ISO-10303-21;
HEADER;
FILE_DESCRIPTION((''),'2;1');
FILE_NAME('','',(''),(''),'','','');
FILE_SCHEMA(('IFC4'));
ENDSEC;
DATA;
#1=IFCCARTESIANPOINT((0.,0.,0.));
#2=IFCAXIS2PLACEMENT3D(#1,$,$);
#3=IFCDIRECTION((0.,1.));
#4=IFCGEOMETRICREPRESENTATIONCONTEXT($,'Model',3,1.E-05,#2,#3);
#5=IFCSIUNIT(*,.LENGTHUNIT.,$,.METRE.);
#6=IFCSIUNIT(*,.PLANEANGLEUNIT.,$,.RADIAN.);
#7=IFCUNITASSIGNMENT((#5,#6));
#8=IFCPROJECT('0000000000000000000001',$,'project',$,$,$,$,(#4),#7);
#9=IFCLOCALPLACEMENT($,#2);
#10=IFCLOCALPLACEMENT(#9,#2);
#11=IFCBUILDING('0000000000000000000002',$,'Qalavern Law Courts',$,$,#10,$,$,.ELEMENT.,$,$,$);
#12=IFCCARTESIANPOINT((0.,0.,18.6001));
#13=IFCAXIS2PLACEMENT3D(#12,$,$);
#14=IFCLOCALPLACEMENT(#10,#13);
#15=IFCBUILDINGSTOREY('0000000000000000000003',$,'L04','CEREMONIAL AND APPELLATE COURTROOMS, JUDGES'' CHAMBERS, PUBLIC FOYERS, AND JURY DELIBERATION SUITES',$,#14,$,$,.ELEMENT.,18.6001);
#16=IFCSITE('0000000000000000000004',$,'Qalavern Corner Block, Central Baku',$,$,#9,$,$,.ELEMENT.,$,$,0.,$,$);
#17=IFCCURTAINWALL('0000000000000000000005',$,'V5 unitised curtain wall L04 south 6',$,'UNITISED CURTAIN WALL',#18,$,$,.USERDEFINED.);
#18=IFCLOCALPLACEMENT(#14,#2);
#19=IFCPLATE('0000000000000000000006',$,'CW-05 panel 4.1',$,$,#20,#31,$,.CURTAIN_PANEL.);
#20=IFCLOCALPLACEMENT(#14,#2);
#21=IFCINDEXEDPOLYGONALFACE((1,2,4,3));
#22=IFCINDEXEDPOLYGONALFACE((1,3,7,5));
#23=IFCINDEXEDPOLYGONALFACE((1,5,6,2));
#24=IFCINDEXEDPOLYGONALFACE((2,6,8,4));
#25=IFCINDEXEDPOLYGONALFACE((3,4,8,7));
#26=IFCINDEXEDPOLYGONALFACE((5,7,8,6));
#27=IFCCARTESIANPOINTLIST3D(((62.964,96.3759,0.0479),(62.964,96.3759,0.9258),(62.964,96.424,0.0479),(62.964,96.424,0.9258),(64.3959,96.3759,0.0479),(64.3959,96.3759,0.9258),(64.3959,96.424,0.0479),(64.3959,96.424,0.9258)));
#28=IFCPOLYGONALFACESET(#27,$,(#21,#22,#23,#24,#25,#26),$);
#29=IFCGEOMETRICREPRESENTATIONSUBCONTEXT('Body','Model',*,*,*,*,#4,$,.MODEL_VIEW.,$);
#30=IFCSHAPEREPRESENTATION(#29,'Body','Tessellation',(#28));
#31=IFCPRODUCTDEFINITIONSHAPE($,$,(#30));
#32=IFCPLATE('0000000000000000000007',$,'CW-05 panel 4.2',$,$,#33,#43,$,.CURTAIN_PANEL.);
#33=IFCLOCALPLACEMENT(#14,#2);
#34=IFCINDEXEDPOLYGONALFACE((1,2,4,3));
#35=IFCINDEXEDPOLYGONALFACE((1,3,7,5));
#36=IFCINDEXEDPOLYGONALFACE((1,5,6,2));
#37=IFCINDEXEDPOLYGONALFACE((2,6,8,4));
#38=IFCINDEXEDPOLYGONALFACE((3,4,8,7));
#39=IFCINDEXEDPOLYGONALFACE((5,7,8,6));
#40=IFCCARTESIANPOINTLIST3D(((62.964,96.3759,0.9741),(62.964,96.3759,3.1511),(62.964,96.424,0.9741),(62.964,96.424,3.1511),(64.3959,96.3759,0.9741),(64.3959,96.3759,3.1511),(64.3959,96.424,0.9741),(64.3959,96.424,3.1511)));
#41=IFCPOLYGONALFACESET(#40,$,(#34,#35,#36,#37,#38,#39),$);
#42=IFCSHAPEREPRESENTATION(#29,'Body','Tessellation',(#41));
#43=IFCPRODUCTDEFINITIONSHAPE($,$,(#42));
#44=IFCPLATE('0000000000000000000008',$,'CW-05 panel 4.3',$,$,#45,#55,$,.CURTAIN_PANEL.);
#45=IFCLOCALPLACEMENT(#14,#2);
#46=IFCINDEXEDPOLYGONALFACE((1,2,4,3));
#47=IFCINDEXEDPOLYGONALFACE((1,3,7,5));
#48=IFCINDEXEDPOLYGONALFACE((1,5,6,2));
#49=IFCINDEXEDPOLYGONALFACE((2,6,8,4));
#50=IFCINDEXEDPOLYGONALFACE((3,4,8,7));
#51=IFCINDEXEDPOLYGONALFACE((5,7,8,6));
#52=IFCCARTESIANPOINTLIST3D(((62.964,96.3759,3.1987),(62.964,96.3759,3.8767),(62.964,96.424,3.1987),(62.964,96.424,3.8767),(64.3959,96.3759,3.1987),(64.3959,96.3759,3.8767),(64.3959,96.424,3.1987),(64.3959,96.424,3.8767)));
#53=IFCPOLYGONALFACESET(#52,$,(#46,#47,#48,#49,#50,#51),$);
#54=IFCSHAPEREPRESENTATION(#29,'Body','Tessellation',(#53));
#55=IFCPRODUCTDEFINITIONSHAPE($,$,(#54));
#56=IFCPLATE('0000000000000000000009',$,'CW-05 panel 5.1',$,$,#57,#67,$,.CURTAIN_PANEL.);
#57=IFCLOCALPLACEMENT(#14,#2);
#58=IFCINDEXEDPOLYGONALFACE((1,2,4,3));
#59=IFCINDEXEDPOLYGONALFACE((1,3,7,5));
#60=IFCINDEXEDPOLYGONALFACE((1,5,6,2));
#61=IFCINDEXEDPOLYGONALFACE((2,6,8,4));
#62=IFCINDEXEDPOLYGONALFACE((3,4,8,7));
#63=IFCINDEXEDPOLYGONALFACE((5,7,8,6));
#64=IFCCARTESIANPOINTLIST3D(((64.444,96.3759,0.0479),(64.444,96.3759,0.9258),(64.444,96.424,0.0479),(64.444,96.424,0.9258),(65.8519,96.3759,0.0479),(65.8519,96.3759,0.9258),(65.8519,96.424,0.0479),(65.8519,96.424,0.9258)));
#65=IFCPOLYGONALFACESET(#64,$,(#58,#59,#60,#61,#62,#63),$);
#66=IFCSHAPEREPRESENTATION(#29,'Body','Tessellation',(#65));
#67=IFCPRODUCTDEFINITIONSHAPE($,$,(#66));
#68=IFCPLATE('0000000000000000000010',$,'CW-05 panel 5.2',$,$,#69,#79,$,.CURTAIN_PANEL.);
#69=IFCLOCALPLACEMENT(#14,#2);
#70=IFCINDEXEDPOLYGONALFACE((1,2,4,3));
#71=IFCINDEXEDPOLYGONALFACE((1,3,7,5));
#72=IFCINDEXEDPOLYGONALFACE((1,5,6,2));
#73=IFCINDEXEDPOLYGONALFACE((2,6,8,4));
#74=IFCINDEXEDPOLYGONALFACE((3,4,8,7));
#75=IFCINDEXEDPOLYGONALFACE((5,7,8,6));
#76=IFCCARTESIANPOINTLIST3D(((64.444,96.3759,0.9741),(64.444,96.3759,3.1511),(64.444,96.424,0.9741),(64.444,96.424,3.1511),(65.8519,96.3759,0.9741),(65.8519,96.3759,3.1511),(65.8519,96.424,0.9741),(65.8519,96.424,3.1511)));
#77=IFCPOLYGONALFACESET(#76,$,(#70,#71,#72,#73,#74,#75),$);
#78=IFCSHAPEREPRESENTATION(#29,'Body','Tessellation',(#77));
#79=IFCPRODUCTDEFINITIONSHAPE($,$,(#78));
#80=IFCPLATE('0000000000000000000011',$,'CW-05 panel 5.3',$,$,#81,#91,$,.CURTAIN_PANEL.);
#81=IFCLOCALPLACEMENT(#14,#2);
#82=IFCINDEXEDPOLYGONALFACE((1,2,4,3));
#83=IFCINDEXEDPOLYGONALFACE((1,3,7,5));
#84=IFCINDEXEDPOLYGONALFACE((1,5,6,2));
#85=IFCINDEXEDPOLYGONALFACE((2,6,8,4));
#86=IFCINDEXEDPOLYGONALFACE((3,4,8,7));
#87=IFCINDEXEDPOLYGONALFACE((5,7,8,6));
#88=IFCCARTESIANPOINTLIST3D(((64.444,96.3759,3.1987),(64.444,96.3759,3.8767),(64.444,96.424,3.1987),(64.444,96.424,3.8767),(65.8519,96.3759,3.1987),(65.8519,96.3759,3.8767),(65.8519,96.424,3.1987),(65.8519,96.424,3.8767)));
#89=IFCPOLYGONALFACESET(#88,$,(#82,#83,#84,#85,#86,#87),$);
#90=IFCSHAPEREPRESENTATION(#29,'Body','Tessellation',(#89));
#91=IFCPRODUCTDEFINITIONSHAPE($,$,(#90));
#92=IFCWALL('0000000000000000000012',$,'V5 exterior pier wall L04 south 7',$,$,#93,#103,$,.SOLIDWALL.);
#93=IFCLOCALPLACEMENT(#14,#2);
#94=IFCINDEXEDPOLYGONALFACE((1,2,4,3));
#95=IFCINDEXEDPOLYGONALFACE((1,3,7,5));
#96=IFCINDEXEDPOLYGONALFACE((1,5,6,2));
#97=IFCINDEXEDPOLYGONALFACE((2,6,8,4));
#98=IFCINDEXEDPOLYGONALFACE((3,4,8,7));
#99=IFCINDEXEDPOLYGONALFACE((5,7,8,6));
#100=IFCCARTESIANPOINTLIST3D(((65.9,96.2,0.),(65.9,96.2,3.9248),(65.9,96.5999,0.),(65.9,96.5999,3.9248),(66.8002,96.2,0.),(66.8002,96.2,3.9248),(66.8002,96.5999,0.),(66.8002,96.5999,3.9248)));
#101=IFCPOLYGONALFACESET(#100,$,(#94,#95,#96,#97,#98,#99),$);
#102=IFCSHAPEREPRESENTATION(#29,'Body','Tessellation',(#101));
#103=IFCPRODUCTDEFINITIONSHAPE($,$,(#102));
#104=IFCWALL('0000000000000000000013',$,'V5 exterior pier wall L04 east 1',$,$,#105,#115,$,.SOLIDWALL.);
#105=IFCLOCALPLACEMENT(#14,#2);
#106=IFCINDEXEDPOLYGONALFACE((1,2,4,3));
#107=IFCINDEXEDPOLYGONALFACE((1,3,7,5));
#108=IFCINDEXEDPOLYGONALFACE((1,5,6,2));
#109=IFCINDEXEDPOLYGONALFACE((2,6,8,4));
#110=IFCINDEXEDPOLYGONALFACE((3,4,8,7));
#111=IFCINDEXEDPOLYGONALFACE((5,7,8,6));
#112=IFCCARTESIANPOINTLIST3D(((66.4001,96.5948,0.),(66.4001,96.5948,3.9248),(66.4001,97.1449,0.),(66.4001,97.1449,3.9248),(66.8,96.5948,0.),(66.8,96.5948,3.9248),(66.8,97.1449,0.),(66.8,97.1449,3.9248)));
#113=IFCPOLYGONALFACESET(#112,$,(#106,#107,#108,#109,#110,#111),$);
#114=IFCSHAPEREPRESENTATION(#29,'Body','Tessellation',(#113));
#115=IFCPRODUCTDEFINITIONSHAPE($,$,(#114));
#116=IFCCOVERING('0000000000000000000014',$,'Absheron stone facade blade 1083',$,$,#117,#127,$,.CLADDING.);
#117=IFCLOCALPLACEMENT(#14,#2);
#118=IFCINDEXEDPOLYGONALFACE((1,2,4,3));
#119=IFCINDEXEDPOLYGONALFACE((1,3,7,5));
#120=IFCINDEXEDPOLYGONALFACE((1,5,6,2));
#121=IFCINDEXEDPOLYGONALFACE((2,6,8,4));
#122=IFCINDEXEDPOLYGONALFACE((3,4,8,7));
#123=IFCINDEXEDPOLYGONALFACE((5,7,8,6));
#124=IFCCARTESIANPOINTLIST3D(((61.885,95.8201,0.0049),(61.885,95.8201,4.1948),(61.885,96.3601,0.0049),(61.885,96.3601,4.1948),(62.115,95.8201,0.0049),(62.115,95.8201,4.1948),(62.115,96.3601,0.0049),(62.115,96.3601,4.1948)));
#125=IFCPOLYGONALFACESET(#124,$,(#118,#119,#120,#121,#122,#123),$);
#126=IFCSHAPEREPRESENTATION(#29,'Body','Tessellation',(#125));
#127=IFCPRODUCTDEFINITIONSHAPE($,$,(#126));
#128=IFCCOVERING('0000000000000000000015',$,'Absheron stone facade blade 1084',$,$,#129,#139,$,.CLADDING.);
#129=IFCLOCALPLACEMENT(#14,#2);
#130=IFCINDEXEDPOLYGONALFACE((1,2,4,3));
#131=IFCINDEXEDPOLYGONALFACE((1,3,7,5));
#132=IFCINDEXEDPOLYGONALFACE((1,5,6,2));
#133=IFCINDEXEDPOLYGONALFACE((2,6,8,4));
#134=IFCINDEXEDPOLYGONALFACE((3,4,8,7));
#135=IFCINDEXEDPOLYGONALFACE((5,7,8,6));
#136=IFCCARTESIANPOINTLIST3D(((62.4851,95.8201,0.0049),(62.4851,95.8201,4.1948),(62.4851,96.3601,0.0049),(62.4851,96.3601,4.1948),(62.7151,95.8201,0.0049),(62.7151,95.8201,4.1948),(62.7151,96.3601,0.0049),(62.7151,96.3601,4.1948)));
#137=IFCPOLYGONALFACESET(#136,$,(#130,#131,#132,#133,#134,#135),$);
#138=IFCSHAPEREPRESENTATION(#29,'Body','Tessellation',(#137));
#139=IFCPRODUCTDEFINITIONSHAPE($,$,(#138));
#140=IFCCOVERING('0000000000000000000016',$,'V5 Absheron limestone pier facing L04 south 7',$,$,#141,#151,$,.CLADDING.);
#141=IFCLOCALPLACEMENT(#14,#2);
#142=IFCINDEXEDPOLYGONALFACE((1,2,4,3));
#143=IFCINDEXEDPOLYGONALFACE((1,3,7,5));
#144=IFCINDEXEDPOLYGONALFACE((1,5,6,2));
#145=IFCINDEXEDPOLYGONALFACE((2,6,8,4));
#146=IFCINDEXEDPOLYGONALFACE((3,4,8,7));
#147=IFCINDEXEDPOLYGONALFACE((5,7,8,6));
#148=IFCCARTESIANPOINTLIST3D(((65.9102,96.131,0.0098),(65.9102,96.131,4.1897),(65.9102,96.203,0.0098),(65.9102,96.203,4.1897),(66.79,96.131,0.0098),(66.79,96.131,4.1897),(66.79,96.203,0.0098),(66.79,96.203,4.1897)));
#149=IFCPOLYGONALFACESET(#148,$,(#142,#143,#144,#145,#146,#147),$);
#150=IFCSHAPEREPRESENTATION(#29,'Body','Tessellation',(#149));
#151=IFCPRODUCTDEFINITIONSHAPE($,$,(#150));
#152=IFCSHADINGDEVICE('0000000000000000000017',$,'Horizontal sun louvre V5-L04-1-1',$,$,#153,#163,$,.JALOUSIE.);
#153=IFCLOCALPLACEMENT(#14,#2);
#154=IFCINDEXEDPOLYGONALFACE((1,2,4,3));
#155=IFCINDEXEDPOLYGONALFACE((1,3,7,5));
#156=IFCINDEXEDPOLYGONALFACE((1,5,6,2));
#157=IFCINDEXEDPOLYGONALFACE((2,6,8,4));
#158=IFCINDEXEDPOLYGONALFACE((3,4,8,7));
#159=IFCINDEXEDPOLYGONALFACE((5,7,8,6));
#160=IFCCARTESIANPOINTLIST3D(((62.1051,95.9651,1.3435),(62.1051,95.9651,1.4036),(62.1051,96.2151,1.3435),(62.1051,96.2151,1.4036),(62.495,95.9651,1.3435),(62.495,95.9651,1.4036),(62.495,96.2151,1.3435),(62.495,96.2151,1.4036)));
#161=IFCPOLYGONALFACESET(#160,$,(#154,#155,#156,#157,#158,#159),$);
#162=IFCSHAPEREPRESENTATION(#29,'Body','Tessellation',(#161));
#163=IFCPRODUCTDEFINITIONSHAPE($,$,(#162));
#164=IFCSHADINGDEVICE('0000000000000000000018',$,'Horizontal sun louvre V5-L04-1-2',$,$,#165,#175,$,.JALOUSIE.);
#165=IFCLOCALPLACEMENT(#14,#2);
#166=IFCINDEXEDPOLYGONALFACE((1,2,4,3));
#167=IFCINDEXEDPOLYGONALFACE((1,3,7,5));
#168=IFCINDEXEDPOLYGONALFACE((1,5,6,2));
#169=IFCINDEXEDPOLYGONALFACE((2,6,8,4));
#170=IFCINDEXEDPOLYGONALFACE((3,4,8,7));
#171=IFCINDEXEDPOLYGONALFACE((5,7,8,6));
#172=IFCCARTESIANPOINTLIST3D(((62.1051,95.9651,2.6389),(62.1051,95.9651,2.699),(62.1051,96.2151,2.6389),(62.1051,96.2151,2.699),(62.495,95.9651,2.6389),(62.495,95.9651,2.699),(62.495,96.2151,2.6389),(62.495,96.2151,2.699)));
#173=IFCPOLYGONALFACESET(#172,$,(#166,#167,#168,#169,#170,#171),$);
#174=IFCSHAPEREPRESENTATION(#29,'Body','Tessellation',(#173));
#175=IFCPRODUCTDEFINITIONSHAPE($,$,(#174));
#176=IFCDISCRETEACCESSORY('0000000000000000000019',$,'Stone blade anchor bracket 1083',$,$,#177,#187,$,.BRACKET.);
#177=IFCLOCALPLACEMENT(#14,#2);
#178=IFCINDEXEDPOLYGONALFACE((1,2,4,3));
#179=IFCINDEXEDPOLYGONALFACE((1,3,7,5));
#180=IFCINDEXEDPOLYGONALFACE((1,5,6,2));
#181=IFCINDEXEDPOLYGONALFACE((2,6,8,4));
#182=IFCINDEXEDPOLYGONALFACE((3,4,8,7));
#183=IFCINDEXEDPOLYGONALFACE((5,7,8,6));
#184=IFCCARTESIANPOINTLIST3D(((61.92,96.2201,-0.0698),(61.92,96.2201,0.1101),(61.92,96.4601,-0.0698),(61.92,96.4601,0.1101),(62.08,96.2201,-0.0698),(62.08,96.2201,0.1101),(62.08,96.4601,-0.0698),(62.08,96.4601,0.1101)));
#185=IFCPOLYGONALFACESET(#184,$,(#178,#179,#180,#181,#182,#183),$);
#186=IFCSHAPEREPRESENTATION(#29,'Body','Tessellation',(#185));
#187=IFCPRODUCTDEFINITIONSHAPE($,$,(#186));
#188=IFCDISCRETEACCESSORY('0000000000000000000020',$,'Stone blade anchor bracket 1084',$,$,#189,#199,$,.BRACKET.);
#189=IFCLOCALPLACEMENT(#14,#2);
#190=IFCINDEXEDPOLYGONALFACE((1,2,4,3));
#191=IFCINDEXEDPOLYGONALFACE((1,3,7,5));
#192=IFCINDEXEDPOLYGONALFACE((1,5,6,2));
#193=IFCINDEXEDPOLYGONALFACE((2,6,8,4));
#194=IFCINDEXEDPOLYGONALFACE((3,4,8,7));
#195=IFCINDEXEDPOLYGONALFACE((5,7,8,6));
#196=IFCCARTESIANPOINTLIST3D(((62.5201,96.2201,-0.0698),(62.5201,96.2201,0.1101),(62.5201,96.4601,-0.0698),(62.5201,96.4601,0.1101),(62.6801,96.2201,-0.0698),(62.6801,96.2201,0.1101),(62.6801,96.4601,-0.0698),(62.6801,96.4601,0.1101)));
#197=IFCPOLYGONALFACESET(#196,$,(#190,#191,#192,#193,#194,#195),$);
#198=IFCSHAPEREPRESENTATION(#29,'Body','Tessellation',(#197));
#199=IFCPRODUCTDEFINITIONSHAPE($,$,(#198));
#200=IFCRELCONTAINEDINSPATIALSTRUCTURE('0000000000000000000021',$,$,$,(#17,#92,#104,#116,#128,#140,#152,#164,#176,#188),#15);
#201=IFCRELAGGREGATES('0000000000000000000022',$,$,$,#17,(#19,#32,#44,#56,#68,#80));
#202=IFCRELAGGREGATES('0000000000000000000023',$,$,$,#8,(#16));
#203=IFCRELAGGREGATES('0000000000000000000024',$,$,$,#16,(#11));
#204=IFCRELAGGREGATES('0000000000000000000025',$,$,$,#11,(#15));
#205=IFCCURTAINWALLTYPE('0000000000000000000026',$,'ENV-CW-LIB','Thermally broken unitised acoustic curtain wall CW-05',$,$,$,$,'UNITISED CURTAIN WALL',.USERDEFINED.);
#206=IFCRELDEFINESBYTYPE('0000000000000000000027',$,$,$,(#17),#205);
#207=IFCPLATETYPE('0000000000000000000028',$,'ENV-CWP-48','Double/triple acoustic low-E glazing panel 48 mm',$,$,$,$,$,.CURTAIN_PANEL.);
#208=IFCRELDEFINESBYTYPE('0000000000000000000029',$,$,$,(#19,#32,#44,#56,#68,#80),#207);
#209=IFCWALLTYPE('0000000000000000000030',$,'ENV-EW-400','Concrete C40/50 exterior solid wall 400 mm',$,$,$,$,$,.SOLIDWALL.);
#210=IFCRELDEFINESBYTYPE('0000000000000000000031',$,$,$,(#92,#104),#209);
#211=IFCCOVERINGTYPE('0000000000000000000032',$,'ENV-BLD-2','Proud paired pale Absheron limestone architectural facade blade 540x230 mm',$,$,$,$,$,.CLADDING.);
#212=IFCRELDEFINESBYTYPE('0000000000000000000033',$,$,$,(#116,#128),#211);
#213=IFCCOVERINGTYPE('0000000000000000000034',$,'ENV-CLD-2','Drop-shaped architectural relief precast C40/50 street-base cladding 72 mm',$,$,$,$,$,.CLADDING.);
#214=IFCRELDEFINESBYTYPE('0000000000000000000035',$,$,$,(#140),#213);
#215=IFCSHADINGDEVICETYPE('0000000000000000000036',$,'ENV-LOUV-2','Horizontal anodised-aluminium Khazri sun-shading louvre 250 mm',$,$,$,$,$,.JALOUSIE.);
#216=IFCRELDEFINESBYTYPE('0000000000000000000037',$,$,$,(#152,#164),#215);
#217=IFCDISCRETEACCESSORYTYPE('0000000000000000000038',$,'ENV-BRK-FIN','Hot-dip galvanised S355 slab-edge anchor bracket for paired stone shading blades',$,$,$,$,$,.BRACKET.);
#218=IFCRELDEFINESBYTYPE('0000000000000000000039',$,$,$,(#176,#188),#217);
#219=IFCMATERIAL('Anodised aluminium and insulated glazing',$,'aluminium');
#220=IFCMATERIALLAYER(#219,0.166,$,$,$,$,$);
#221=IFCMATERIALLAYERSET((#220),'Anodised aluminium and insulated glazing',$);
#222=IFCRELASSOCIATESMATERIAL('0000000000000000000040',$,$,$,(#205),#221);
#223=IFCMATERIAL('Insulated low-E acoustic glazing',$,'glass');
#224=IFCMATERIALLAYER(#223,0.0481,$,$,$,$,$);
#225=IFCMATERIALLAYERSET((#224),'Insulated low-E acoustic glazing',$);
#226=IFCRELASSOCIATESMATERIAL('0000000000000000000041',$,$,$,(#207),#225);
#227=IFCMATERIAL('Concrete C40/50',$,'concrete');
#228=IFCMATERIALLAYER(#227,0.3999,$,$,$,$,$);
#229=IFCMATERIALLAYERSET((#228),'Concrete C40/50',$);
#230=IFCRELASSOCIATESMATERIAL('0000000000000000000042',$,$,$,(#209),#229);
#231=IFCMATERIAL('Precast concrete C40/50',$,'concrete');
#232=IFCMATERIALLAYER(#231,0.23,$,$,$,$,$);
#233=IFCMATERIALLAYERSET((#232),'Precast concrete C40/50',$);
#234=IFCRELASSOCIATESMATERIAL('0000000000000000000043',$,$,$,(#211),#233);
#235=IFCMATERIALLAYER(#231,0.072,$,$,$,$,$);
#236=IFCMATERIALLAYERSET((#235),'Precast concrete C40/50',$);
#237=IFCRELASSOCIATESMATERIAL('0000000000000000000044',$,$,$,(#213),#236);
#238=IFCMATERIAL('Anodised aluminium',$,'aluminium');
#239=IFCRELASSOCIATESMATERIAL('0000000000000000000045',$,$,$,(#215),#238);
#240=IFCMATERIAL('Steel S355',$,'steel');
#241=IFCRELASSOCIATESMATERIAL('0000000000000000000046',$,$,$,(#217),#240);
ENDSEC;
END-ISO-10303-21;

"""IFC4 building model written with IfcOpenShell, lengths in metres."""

from ifc_helpers import new_model, si_unit, direction, frame, frame_2d, origin, origin_2d, place, context, subcontext, project, spatial, rectangle, extrude, material, layer, layer_set, type_object, element, aggregate, save


model = new_model("IFC4")

# Units and contexts
model_context = context("Model", 3, precision=1e-05, world=origin(), true_north=direction((0.0, 1.0)))
body_context = subcontext(model_context, "Body", "Model", "MODEL_VIEW")
ifc_project = project(units=[si_unit("LENGTHUNIT", "METRE"), si_unit("PLANEANGLEUNIT", "RADIAN")], contexts=[model_context])

# Site, building, storey
site_placement = place(None, origin())
site = spatial("IfcSite", under=ifc_project, at=site_placement, Name="Qalavern Corner Block, Central Baku", CompositionType="ELEMENT", RefElevation=0.0)
building_placement = place(site_placement, origin())
building = spatial("IfcBuilding", under=site, at=building_placement, Name="Qalavern Law Courts", CompositionType="ELEMENT")
storey_placement = place(building_placement, frame((0.0, 0.0, 18.6001)))
storey = spatial("IfcBuildingStorey", under=building, at=storey_placement, Name="L04", Description="CEREMONIAL AND APPELLATE COURTROOMS, JUDGES' CHAMBERS, PUBLIC FOYERS, AND JURY DELIBERATION SUITES", CompositionType="ELEMENT", Elevation=18.6001)

# Curtain wall
ifc_material_1 = material(Name="Anodised aluminium and insulated glazing", Category="aluminium")
ifc_layer_1 = layer(ifc_material_1, 0.166)
ifc_layer_set_1 = layer_set([ifc_layer_1], Name="Anodised aluminium and insulated glazing")
curtain_wall_type = type_object("IfcCurtainWallType", Name="ENV-CW-LIB", Description="Thermally broken unitised acoustic curtain wall CW-05", ElementType="UNITISED CURTAIN WALL", PredefinedType="USERDEFINED", material=ifc_layer_set_1)
curtain_wall_1_placement = place(storey_placement, origin())
curtain_wall_1 = element("IfcCurtainWall", 1, at=curtain_wall_1_placement, inside=storey, type_object=curtain_wall_type, Name="V5 unitised curtain wall L04 south 6", ObjectType="UNITISED CURTAIN WALL", PredefinedType="USERDEFINED")
ifc_material_2 = material(Name="Anodised aluminium", Category="aluminium")

# Shared definitions
ifc_material_3 = material(Name="Steel S355", Category="steel")

# Plates
ifc_material_4 = material(Name="Insulated low-E acoustic glazing", Category="glass")
ifc_layer_2 = layer(ifc_material_4, 0.0481)
ifc_layer_set_2 = layer_set([ifc_layer_2], Name="Insulated low-E acoustic glazing")
plate_type = type_object("IfcPlateType", Name="ENV-CWP-48", Description="Double/triple acoustic low-E glazing panel 48 mm", PredefinedType="CURTAIN_PANEL", material=ifc_layer_set_2)
plate_1_placement = place(storey_placement, frame((63.6799, 96.3999, 0.0479), z_axis=(0.0, 0.0, 1.0), x_axis=(1.0, 0.0, 0.0)))
plate_1 = element("IfcPlate", 2, at=plate_1_placement, type_object=plate_type, Name="CW-05 panel 4.1", PredefinedType="CURTAIN_PANEL", context=body_context, shape_type="SweptSolid", body=[
    extrude(rectangle(XDim=1.4319, YDim=0.0481, at=origin_2d()), origin(), (0.0, 0.0, 1.0), 0.8779),
])
plate_2_placement = place(storey_placement, frame((63.6799, 96.3999, 0.9741), z_axis=(0.0, 0.0, 1.0), x_axis=(1.0, 0.0, 0.0)))
plate_2 = element("IfcPlate", 3, at=plate_2_placement, type_object=plate_type, Name="CW-05 panel 4.2", PredefinedType="CURTAIN_PANEL", context=body_context, shape_type="SweptSolid", body=[
    extrude(rectangle(XDim=1.4319, YDim=0.0481, at=origin_2d()), origin(), (0.0, 0.0, 1.0), 2.177),
])
plate_3_placement = place(storey_placement, frame((63.6799, 96.3999, 3.1987), z_axis=(0.0, 0.0, 1.0), x_axis=(1.0, 0.0, 0.0)))
plate_3 = element("IfcPlate", 4, at=plate_3_placement, type_object=plate_type, Name="CW-05 panel 4.3", PredefinedType="CURTAIN_PANEL", context=body_context, shape_type="SweptSolid", body=[
    extrude(rectangle(XDim=1.4319, YDim=0.0481, at=origin_2d()), origin(), (0.0, 0.0, 1.0), 0.678),
])
plate_4_placement = place(storey_placement, frame((65.1479, 96.3999, 0.0479), z_axis=(0.0, 0.0, 1.0), x_axis=(1.0, 0.0, 0.0)))
plate_4 = element("IfcPlate", 5, at=plate_4_placement, type_object=plate_type, Name="CW-05 panel 5.1", PredefinedType="CURTAIN_PANEL", context=body_context, shape_type="SweptSolid", body=[
    extrude(rectangle(XDim=1.408, YDim=0.0481, at=origin_2d()), origin(), (0.0, 0.0, 1.0), 0.8779),
])
plate_5_placement = place(storey_placement, frame((65.1479, 96.3999, 0.9741), z_axis=(0.0, 0.0, 1.0), x_axis=(1.0, 0.0, 0.0)))
plate_5 = element("IfcPlate", 6, at=plate_5_placement, type_object=plate_type, Name="CW-05 panel 5.2", PredefinedType="CURTAIN_PANEL", context=body_context, shape_type="SweptSolid", body=[
    extrude(rectangle(XDim=1.408, YDim=0.0481, at=origin_2d()), origin(), (0.0, 0.0, 1.0), 2.177),
])
plate_6_placement = place(storey_placement, frame((65.1479, 96.3999, 3.1987), z_axis=(0.0, 0.0, 1.0), x_axis=(1.0, 0.0, 0.0)))
plate_6 = element("IfcPlate", 7, at=plate_6_placement, type_object=plate_type, Name="CW-05 panel 5.3", PredefinedType="CURTAIN_PANEL", context=body_context, shape_type="SweptSolid", body=[
    extrude(rectangle(XDim=1.408, YDim=0.0481, at=origin_2d()), origin(), (0.0, 0.0, 1.0), 0.678),
])
aggregate(curtain_wall_1, [plate_1, plate_2, plate_3, plate_4, plate_5, plate_6])

# Walls
ifc_material_5 = material(Name="Concrete C40/50", Category="concrete")
ifc_layer_3 = layer(ifc_material_5, 0.3999)
ifc_layer_set_3 = layer_set([ifc_layer_3], Name="Concrete C40/50")
wall_type = type_object("IfcWallType", Name="ENV-EW-400", Description="Concrete C40/50 exterior solid wall 400 mm", PredefinedType="SOLIDWALL", material=ifc_layer_set_3)
wall_1_placement = place(storey_placement, frame((65.8999, 96.3999, 0.0), z_axis=(0.0, 0.0, 1.0), x_axis=(1.0, 0.0, 0.0)))
element("IfcWall", 8, at=wall_1_placement, inside=storey, type_object=wall_type, Name="V5 exterior pier wall L04 south 7", PredefinedType="SOLIDWALL", context=body_context, shape_type="SweptSolid", body=[
    extrude(rectangle(XDim=0.9001, YDim=0.3999, at=frame_2d((0.4502, 0.0))), origin(), (0.0, 0.0, 1.0), 3.9248),
])
wall_2_placement = place(storey_placement, frame((66.6001, 96.595, 0.0), z_axis=(0.0, 0.0, 1.0), x_axis=(0.0, 1.0, 0.0)))
element("IfcWall", 9, at=wall_2_placement, inside=storey, type_object=wall_type, Name="V5 exterior pier wall L04 east 1", PredefinedType="SOLIDWALL", context=body_context, shape_type="SweptSolid", body=[
    extrude(rectangle(XDim=0.55, YDim=0.3999, at=frame_2d((0.2749, 0.0))), origin(), (0.0, 0.0, 1.0), 3.9248),
])

# Coverings
ifc_material_6 = material(Name="Precast concrete C40/50", Category="concrete")
ifc_layer_4 = layer(ifc_material_6, 0.23)
ifc_layer_set_4 = layer_set([ifc_layer_4], Name="Precast concrete C40/50")
covering_type_1 = type_object("IfcCoveringType", Name="ENV-BLD-2", Description="Proud paired pale Absheron limestone architectural facade blade 540x230 mm", PredefinedType="CLADDING", material=ifc_layer_set_4)
for number, where, z_axis, x_axis, name in (
    (10, (62.0, 96.0901, 0.0049), (0.0, 0.0, 1.0), (0.0, -1.0, 0.0), "Absheron stone facade blade 1083"),
    (11, (62.6001, 96.0901, 0.0049), (0.0, 0.0, 1.0), (0.0, -1.0, 0.0), "Absheron stone facade blade 1084"),
):
    element("IfcCovering", number, at=place(storey_placement, frame(where, z_axis=z_axis, x_axis=x_axis)), inside=storey, type_object=covering_type_1, Name=name, PredefinedType="CLADDING", context=body_context, shape_type="SweptSolid", body=[
        extrude(rectangle(XDim=0.54, YDim=0.23, at=origin_2d()), origin(), (0.0, 0.0, 1.0), 4.1899),
    ])
ifc_layer_5 = layer(ifc_material_6, 0.072)
ifc_layer_set_5 = layer_set([ifc_layer_5], Name="Precast concrete C40/50")
covering_type_2 = type_object("IfcCoveringType", Name="ENV-CLD-2", Description="Drop-shaped architectural relief precast C40/50 street-base cladding 72 mm", PredefinedType="CLADDING", material=ifc_layer_set_5)
covering_placement = place(storey_placement, frame((66.3501, 96.167, 0.0098), z_axis=(0.0, 0.0, 1.0), x_axis=(1.0, 0.0, 0.0)))
element("IfcCovering", 12, at=covering_placement, inside=storey, type_object=covering_type_2, Name="V5 Absheron limestone pier facing L04 south 7", PredefinedType="CLADDING", context=body_context, shape_type="SweptSolid", body=[
    extrude(rectangle(XDim=0.8799, YDim=0.072, at=origin_2d()), origin(), (0.0, 0.0, 1.0), 4.1799),
])

# Shading devices
shading_device_type = type_object("IfcShadingDeviceType", Name="ENV-LOUV-2", Description="Horizontal anodised-aluminium Khazri sun-shading louvre 250 mm", PredefinedType="JALOUSIE", material=ifc_material_2)
for number, where, z_axis, x_axis, name in (
    (13, (62.3, 96.0901, 1.3435), (0.0, 0.0, 1.0), (1.0, 0.0, 0.0), "Horizontal sun louvre V5-L04-1-1"),
    (14, (62.3, 96.0901, 2.6389), (0.0, 0.0, 1.0), (1.0, 0.0, 0.0), "Horizontal sun louvre V5-L04-1-2"),
):
    element("IfcShadingDevice", number, at=place(storey_placement, frame(where, z_axis=z_axis, x_axis=x_axis)), inside=storey, type_object=shading_device_type, Name=name, PredefinedType="JALOUSIE", context=body_context, shape_type="SweptSolid", body=[
        extrude(rectangle(XDim=0.3899, YDim=0.25, at=origin_2d()), origin(), (0.0, 0.0, 1.0), 0.0601),
    ])

# Discrete accessories
discrete_accessory_type = type_object("IfcDiscreteAccessoryType", Name="ENV-BRK-FIN", Description="Hot-dip galvanised S355 slab-edge anchor bracket for paired stone shading blades", PredefinedType="BRACKET", material=ifc_material_3)
for number, where, z_axis, x_axis, name in (
    (15, (62.0, 96.3401, -0.0698), (0.0, 0.0, 1.0), (0.0, -1.0, 0.0), "Stone blade anchor bracket 1083"),
    (16, (62.6001, 96.3401, -0.0698), (0.0, 0.0, 1.0), (0.0, -1.0, 0.0), "Stone blade anchor bracket 1084"),
):
    element("IfcDiscreteAccessory", number, at=place(storey_placement, frame(where, z_axis=z_axis, x_axis=x_axis)), inside=storey, type_object=discrete_accessory_type, Name=name, PredefinedType="BRACKET", context=body_context, shape_type="SweptSolid", body=[
        extrude(rectangle(XDim=0.24, YDim=0.1599, at=origin_2d()), origin(), (0.0, 0.0, 1.0), 0.1799),
    ])

save(model, "model.ifc")
